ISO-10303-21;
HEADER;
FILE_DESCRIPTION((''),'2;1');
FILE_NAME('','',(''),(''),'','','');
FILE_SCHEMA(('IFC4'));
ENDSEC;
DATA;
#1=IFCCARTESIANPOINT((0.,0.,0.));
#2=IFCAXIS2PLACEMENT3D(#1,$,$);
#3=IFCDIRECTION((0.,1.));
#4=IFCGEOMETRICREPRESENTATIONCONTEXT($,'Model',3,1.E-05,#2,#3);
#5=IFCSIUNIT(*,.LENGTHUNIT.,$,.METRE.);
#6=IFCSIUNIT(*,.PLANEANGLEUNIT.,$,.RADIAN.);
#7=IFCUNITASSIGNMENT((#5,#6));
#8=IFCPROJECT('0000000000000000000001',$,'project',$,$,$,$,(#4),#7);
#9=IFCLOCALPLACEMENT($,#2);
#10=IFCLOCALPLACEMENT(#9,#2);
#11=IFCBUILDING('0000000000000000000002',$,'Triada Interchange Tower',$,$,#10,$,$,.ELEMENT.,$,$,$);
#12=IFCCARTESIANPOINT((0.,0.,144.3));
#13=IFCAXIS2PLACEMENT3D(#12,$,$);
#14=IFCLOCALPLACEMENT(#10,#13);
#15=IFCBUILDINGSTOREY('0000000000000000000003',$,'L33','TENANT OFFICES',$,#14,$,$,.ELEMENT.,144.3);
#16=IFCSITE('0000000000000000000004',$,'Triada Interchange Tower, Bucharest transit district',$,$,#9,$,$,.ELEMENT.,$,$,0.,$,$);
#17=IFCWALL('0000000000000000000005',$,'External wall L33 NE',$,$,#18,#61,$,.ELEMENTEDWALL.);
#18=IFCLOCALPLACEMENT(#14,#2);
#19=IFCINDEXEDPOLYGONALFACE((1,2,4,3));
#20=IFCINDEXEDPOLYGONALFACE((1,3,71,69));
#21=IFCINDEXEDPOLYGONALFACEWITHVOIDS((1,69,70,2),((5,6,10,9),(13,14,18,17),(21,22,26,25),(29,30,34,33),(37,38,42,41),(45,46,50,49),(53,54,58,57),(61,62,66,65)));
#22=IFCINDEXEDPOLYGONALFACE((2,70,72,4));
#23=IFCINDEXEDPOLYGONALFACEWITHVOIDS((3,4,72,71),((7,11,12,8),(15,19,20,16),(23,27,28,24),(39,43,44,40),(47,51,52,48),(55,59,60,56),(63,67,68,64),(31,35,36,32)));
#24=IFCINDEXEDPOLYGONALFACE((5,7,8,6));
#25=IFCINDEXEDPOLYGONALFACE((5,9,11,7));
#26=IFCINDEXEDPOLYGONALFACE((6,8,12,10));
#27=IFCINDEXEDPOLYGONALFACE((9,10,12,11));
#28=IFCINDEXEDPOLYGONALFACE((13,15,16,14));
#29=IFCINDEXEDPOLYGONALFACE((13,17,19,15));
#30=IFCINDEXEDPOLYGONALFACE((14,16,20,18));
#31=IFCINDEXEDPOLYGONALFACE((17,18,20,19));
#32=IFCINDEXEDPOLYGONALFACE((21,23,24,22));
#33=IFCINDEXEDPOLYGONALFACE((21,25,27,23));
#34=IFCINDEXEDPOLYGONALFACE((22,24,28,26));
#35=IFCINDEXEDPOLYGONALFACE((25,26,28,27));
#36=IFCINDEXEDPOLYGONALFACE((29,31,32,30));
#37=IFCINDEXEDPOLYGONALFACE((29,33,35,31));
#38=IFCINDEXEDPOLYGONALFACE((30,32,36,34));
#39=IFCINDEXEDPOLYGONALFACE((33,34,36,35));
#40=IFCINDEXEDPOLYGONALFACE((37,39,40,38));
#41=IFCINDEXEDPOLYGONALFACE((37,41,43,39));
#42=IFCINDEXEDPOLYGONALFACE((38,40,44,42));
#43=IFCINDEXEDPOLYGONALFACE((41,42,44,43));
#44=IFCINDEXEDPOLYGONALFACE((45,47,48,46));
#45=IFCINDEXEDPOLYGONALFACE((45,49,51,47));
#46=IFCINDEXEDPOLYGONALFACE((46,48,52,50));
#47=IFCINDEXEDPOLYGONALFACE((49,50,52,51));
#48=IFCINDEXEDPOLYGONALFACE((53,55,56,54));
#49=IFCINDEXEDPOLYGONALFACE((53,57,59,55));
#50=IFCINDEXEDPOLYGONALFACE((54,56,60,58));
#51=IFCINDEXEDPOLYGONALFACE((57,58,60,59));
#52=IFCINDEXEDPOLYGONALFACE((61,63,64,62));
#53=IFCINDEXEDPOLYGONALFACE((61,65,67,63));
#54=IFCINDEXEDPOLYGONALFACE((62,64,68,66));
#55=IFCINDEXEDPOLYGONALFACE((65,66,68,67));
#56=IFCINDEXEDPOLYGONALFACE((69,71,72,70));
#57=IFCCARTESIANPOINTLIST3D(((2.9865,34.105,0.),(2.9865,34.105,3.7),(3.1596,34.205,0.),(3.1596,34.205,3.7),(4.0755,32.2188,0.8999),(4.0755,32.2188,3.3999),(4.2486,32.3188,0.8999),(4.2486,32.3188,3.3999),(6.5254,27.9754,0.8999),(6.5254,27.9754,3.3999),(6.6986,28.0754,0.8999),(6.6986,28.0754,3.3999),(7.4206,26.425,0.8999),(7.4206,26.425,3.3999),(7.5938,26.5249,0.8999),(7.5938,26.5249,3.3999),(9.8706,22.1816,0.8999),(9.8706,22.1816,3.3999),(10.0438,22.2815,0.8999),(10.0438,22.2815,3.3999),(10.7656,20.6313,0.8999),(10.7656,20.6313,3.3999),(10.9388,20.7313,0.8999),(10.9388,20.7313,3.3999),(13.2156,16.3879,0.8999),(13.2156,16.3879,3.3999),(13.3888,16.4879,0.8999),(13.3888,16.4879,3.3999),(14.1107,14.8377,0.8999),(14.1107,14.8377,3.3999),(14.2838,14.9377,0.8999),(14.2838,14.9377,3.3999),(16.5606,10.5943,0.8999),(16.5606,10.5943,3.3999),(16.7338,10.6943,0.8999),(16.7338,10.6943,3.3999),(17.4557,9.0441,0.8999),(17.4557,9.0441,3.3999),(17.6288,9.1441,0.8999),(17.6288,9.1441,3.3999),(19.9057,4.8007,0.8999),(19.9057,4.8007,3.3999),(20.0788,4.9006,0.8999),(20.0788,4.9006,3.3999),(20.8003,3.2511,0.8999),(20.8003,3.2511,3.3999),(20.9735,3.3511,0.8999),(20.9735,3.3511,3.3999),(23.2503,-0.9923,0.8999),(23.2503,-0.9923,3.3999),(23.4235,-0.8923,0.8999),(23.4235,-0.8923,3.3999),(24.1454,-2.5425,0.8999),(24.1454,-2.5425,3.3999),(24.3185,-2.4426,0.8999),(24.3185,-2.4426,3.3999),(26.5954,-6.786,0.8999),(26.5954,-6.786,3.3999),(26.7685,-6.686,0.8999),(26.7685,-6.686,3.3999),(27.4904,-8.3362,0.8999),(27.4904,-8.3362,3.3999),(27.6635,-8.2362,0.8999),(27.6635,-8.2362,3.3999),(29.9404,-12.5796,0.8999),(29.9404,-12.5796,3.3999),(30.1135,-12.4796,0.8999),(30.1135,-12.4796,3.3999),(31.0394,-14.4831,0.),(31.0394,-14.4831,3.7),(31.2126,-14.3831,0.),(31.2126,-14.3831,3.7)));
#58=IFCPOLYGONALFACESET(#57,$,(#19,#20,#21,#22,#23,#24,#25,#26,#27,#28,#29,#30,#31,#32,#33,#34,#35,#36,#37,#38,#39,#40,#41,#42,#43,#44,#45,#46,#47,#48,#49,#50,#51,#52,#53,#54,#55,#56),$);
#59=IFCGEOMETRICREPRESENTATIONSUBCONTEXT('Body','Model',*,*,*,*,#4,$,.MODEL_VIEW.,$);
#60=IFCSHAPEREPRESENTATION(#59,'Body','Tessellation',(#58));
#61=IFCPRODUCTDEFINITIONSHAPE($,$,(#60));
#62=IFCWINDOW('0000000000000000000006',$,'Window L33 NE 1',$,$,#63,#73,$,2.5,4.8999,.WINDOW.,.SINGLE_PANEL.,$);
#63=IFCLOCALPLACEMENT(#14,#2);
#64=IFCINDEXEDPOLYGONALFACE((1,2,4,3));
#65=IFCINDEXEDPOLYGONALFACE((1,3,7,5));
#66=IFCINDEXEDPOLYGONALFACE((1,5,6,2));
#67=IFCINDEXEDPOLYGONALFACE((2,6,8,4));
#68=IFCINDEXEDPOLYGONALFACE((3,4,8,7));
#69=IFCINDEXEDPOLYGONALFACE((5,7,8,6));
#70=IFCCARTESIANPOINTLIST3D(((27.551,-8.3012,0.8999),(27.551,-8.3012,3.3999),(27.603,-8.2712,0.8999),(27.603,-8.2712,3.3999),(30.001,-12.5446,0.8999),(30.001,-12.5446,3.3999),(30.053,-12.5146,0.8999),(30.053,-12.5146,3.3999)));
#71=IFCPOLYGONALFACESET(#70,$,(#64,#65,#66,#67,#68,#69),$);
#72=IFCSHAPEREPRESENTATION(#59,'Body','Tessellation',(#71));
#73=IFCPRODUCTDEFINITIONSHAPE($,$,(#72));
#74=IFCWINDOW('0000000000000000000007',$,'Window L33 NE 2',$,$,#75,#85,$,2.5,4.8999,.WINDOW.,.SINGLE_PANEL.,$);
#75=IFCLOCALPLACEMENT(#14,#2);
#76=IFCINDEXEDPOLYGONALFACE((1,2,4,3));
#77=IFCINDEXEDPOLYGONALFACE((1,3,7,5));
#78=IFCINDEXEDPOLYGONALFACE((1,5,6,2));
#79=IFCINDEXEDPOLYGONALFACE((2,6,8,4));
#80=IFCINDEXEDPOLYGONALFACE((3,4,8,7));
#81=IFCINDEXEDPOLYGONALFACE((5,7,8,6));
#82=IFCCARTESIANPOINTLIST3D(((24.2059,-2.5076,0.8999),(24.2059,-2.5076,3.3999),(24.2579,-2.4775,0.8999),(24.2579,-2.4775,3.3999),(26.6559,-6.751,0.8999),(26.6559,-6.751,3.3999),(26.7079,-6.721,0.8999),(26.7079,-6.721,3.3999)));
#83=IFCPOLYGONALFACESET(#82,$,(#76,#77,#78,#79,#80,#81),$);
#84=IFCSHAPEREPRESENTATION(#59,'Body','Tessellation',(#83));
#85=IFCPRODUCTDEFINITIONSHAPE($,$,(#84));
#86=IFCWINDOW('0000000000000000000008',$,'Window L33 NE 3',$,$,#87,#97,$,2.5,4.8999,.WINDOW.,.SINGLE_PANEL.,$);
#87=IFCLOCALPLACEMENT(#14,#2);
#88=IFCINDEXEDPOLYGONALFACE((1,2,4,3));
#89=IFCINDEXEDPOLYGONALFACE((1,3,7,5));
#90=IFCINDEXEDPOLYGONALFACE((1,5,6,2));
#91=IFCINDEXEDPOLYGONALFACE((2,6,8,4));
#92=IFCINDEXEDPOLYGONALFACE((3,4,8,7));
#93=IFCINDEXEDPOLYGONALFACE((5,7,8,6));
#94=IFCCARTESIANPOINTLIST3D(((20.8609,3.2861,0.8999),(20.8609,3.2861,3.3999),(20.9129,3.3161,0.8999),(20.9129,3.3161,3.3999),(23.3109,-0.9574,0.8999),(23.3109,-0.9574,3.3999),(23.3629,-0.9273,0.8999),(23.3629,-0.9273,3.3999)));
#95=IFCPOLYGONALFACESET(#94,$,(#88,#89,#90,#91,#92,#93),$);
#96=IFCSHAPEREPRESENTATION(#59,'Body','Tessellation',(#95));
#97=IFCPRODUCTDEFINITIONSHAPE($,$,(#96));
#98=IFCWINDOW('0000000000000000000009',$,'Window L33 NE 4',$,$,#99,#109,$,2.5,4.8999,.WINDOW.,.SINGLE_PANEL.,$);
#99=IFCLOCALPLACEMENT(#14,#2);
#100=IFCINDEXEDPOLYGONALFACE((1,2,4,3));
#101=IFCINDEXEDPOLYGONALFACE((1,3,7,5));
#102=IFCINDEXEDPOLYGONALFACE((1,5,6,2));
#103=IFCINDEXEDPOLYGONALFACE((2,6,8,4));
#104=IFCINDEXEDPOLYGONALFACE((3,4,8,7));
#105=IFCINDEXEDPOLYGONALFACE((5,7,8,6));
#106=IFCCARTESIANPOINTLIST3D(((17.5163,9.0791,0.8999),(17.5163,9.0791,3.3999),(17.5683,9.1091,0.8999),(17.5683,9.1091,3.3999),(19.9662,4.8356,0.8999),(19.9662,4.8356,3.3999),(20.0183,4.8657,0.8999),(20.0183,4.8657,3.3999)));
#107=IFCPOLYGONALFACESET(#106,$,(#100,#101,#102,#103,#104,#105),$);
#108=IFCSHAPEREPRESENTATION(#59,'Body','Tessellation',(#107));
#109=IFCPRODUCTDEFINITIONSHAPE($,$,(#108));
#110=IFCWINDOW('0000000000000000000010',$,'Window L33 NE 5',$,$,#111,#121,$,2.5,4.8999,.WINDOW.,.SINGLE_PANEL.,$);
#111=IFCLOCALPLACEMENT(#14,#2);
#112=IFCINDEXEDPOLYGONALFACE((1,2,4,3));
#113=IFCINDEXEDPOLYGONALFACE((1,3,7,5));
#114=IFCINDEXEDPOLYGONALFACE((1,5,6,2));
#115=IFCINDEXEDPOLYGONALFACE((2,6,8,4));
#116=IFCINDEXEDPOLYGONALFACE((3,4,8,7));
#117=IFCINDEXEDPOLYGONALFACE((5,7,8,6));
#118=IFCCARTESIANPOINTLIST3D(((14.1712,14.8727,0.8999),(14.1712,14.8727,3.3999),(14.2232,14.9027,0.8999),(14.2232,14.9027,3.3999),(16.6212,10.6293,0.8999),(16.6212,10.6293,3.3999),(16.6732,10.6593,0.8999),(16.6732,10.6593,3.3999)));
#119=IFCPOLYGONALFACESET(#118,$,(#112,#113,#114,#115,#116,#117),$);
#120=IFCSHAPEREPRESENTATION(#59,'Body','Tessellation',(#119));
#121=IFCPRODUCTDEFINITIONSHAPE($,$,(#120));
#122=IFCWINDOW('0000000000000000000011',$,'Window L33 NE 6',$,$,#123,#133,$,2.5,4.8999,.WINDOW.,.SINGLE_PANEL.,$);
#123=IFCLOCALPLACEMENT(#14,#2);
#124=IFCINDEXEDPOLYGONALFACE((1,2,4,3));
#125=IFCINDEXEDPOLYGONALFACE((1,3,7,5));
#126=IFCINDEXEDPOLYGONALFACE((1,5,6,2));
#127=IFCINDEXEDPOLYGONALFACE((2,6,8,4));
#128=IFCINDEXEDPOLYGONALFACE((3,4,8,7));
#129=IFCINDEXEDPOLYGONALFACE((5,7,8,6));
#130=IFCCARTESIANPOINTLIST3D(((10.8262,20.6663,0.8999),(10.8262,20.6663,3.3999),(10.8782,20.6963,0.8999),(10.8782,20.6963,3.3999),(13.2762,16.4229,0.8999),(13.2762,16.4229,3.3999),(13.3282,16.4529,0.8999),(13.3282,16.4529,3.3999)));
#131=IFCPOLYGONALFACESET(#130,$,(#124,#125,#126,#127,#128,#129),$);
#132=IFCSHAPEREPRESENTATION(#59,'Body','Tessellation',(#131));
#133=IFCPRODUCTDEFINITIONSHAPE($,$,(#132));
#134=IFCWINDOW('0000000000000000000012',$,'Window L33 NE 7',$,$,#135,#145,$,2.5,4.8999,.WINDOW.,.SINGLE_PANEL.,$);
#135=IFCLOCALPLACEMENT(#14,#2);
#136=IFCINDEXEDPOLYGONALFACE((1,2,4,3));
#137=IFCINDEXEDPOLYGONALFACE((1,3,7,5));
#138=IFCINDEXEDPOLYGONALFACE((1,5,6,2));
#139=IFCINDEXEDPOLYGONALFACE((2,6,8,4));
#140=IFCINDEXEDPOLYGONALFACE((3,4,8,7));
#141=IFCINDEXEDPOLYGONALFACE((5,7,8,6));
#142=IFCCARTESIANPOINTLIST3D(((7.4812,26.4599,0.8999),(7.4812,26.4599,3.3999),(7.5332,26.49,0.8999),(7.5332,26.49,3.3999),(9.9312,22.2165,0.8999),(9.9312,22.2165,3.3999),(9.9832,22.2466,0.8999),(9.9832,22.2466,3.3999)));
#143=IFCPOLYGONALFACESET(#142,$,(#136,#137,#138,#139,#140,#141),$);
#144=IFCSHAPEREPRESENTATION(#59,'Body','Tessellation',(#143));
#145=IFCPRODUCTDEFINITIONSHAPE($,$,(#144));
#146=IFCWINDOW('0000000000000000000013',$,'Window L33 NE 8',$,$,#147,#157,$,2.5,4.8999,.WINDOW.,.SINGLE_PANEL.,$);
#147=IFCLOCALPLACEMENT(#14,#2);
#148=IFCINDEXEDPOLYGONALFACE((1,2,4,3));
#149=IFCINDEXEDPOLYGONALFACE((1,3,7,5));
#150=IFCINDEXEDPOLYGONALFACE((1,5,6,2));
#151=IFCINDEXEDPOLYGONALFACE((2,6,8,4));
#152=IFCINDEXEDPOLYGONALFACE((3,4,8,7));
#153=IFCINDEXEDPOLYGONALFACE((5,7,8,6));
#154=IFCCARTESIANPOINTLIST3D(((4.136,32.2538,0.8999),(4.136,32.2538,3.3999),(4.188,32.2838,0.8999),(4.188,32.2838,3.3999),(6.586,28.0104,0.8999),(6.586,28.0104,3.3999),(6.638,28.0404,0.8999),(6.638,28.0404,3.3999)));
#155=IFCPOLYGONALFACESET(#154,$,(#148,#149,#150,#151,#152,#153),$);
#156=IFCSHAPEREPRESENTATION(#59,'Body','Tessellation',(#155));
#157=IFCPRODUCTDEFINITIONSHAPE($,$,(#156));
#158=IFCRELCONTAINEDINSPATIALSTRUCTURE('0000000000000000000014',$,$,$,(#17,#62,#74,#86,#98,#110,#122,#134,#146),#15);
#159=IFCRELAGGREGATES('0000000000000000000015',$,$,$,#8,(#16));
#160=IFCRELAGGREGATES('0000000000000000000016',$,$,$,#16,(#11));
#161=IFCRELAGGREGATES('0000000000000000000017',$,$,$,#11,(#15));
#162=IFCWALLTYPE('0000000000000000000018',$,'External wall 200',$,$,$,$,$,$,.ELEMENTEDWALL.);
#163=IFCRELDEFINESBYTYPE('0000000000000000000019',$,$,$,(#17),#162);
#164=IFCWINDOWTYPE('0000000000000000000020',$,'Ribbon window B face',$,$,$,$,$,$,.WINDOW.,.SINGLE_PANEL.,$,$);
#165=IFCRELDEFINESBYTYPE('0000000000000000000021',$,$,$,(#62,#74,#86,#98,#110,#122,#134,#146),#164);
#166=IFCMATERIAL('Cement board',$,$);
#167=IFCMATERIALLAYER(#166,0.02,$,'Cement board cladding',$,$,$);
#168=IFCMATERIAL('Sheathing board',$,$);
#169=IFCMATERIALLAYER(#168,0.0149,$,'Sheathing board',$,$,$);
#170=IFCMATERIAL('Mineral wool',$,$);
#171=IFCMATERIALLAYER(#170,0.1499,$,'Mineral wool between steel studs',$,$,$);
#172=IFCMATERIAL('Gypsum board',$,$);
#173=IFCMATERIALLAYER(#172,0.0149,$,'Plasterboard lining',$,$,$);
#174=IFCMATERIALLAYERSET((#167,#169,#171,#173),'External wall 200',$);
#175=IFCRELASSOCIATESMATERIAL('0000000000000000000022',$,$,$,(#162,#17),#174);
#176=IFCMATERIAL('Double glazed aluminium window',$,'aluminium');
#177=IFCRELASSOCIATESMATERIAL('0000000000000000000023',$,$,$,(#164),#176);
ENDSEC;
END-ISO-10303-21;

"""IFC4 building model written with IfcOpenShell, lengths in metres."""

from ifc_helpers import new_model, si_unit, direction, frame, frame_2d, origin, place, context, subcontext, project, spatial, rectangle, extrude, material, layer, layer_set, layer_usage, type_object, element, fill, save


model = new_model("IFC4")

# Units and contexts
model_context = context("Model", 3, precision=1e-05, world=origin(), true_north=direction((0.0, 1.0)))
body_context = subcontext(model_context, "Body", "Model", "MODEL_VIEW")
ifc_project = project(units=[si_unit("LENGTHUNIT", "METRE"), si_unit("PLANEANGLEUNIT", "RADIAN")], contexts=[model_context])

# Site, building, storey
site_placement = place(None, origin())
site = spatial("IfcSite", under=ifc_project, at=site_placement, Name="Triada Interchange Tower, Bucharest transit district", CompositionType="ELEMENT", RefElevation=0.0)
building_placement = place(site_placement, origin())
building = spatial("IfcBuilding", under=site, at=building_placement, Name="Triada Interchange Tower", CompositionType="ELEMENT")
storey_placement = place(building_placement, frame((0.0, 0.0, 144.3)))
storey = spatial("IfcBuildingStorey", under=building, at=storey_placement, Name="L33", Description="TENANT OFFICES", CompositionType="ELEMENT", Elevation=144.3)

# Shared definitions
ifc_material_1 = material(Name="Cement board")
ifc_layer_1 = layer(ifc_material_1, 0.02, Name="Cement board cladding")
ifc_material_2 = material(Name="Sheathing board")
ifc_layer_2 = layer(ifc_material_2, 0.0149, Name="Sheathing board")
ifc_material_3 = material(Name="Mineral wool")
ifc_layer_3 = layer(ifc_material_3, 0.1499, Name="Mineral wool between steel studs")
ifc_material_4 = material(Name="Gypsum board")
ifc_layer_4 = layer(ifc_material_4, 0.0149, Name="Plasterboard lining")
ifc_layer_set_1 = layer_set([ifc_layer_1, ifc_layer_2, ifc_layer_3, ifc_layer_4], Name="External wall 200")
ifc_layer_usage = layer_usage(ifc_layer_set_1, "AXIS2", "POSITIVE", -0.1001)
wall_type_1 = type_object("IfcWallType", Name="External wall 200", PredefinedType="ELEMENTEDWALL", material=ifc_layer_set_1)
ifc_material_5 = material(Name="Double glazed aluminium window", Category="aluminium")

# Wall, openings, windows
wall_1_placement = place(storey_placement, frame((31.126, -14.4331, 0.0), z_axis=(0.0, 0.0, 1.0), x_axis=(-0.500008, 0.866021, 0.0)))
wall_1 = element("IfcWall", 1, at=wall_1_placement, inside=storey, type_object=wall_type_1, material=ifc_layer_usage, Name="External wall L33 NE", PredefinedType="ELEMENTEDWALL", context=body_context, shape_type="SweptSolid", body=[
    extrude(rectangle(XDim=56.105, YDim=0.2, at=frame_2d((28.0525, 0.0))), origin(), (0.0, 0.0, 1.0), 3.7),
])
opening_1_placement = place(wall_1_placement, frame((2.198, 0.0, 0.8999)))
opening_1 = element("IfcOpeningElement", 2, at=opening_1_placement, cuts=wall_1, PredefinedType="OPENING", context=body_context, shape_type="SweptSolid", body=[
    extrude(rectangle(XDim=4.8999, YDim=2.5, at=frame_2d((2.45, 1.25))), frame((0.0, 0.1099, 0.0), z_axis=(0.0, -1.0, 0.0), x_axis=(1.0, 0.0, 0.0)), (0.0, 0.0, 1.0), 0.22),
])
opening_2_placement = place(wall_1_placement, frame((8.8879, 0.0, 0.8999)))
opening_2 = element("IfcOpeningElement", 3, at=opening_2_placement, cuts=wall_1, PredefinedType="OPENING", context=body_context, shape_type="SweptSolid", body=[
    extrude(rectangle(XDim=4.8999, YDim=2.5, at=frame_2d((2.45, 1.25))), frame((0.0, 0.1099, 0.0), z_axis=(0.0, -1.0, 0.0), x_axis=(1.0, 0.0, 0.0)), (0.0, 0.0, 1.0), 0.22),
])
opening_3_placement = place(wall_1_placement, frame((15.5779, 0.0, 0.8999)))
opening_3 = element("IfcOpeningElement", 4, at=opening_3_placement, cuts=wall_1, PredefinedType="OPENING", context=body_context, shape_type="SweptSolid", body=[
    extrude(rectangle(XDim=4.8999, YDim=2.5, at=frame_2d((2.45, 1.25))), frame((0.0, 0.1099, 0.0), z_axis=(0.0, -1.0, 0.0), x_axis=(1.0, 0.0, 0.0)), (0.0, 0.0, 1.0), 0.22),
])
opening_4_placement = place(wall_1_placement, frame((22.2671, 0.0, 0.8999)))
opening_4 = element("IfcOpeningElement", 5, at=opening_4_placement, cuts=wall_1, PredefinedType="OPENING", context=body_context, shape_type="SweptSolid", body=[
    extrude(rectangle(XDim=4.8999, YDim=2.5, at=frame_2d((2.45, 1.25))), frame((0.0, 0.1099, 0.0), z_axis=(0.0, -1.0, 0.0), x_axis=(1.0, 0.0, 0.0)), (0.0, 0.0, 1.0), 0.22),
])
opening_5_placement = place(wall_1_placement, frame((28.957, 0.0, 0.8999)))
opening_5 = element("IfcOpeningElement", 6, at=opening_5_placement, cuts=wall_1, PredefinedType="OPENING", context=body_context, shape_type="SweptSolid", body=[
    extrude(rectangle(XDim=4.8999, YDim=2.5, at=frame_2d((2.45, 1.25))), frame((0.0, 0.1099, 0.0), z_axis=(0.0, -1.0, 0.0), x_axis=(1.0, 0.0, 0.0)), (0.0, 0.0, 1.0), 0.22),
])
opening_6_placement = place(wall_1_placement, frame((35.647, 0.0, 0.8999)))
opening_6 = element("IfcOpeningElement", 7, at=opening_6_placement, cuts=wall_1, PredefinedType="OPENING", context=body_context, shape_type="SweptSolid", body=[
    extrude(rectangle(XDim=4.8999, YDim=2.5, at=frame_2d((2.45, 1.25))), frame((0.0, 0.1099, 0.0), z_axis=(0.0, -1.0, 0.0), x_axis=(1.0, 0.0, 0.0)), (0.0, 0.0, 1.0), 0.22),
])
opening_7_placement = place(wall_1_placement, frame((42.3369, 0.0, 0.8999)))
opening_7 = element("IfcOpeningElement", 8, at=opening_7_placement, cuts=wall_1, PredefinedType="OPENING", context=body_context, shape_type="SweptSolid", body=[
    extrude(rectangle(XDim=4.8999, YDim=2.5, at=frame_2d((2.45, 1.25))), frame((0.0, 0.1099, 0.0), z_axis=(0.0, -1.0, 0.0), x_axis=(1.0, 0.0, 0.0)), (0.0, 0.0, 1.0), 0.22),
])
opening_8_placement = place(wall_1_placement, frame((49.0271, 0.0, 0.8999)))
opening_8 = element("IfcOpeningElement", 9, at=opening_8_placement, cuts=wall_1, PredefinedType="OPENING", context=body_context, shape_type="SweptSolid", body=[
    extrude(rectangle(XDim=4.8999, YDim=2.5, at=frame_2d((2.45, 1.25))), frame((0.0, 0.1099, 0.0), z_axis=(0.0, -1.0, 0.0), x_axis=(1.0, 0.0, 0.0)), (0.0, 0.0, 1.0), 0.22),
])
window_type_1 = type_object("IfcWindowType", Name="Ribbon window B face", PartitioningType="SINGLE_PANEL", PredefinedType="WINDOW", material=ifc_material_5)
window_1_placement = place(opening_1_placement, origin())
window_1 = element("IfcWindow", 10, at=window_1_placement, inside=storey, type_object=window_type_1, Name="Window L33 NE 1", OverallHeight=2.5, OverallWidth=4.8999, PartitioningType="SINGLE_PANEL", PredefinedType="WINDOW", context=body_context, shape_type="SweptSolid", body=[
    extrude(rectangle(XDim=4.8999, YDim=2.5, at=frame_2d((2.45, 1.25))), frame((0.0, 0.03, 0.0), z_axis=(0.0, -1.0, 0.0), x_axis=(1.0, 0.0, 0.0)), (0.0, 0.0, 1.0), 0.0601),
])
fill(opening_1, window_1)
window_2_placement = place(opening_2_placement, origin())
window_2 = element("IfcWindow", 11, at=window_2_placement, inside=storey, type_object=window_type_1, Name="Window L33 NE 2", OverallHeight=2.5, OverallWidth=4.8999, PartitioningType="SINGLE_PANEL", PredefinedType="WINDOW", context=body_context, shape_type="SweptSolid", body=[
    extrude(rectangle(XDim=4.8999, YDim=2.5, at=frame_2d((2.45, 1.25))), frame((0.0, 0.03, 0.0), z_axis=(0.0, -1.0, 0.0), x_axis=(1.0, 0.0, 0.0)), (0.0, 0.0, 1.0), 0.0601),
])
fill(opening_2, window_2)
window_3_placement = place(opening_3_placement, origin())
window_3 = element("IfcWindow", 12, at=window_3_placement, inside=storey, type_object=window_type_1, Name="Window L33 NE 3", OverallHeight=2.5, OverallWidth=4.8999, PartitioningType="SINGLE_PANEL", PredefinedType="WINDOW", context=body_context, shape_type="SweptSolid", body=[
    extrude(rectangle(XDim=4.8999, YDim=2.5, at=frame_2d((2.45, 1.25))), frame((0.0, 0.03, 0.0), z_axis=(0.0, -1.0, 0.0), x_axis=(1.0, 0.0, 0.0)), (0.0, 0.0, 1.0), 0.0601),
])
fill(opening_3, window_3)
window_4_placement = place(opening_4_placement, origin())
window_4 = element("IfcWindow", 13, at=window_4_placement, inside=storey, type_object=window_type_1, Name="Window L33 NE 4", OverallHeight=2.5, OverallWidth=4.8999, PartitioningType="SINGLE_PANEL", PredefinedType="WINDOW", context=body_context, shape_type="SweptSolid", body=[
    extrude(rectangle(XDim=4.8999, YDim=2.5, at=frame_2d((2.45, 1.25))), frame((0.0, 0.03, 0.0), z_axis=(0.0, -1.0, 0.0), x_axis=(1.0, 0.0, 0.0)), (0.0, 0.0, 1.0), 0.0601),
])
fill(opening_4, window_4)
window_5_placement = place(opening_5_placement, origin())
window_5 = element("IfcWindow", 14, at=window_5_placement, inside=storey, type_object=window_type_1, Name="Window L33 NE 5", OverallHeight=2.5, OverallWidth=4.8999, PartitioningType="SINGLE_PANEL", PredefinedType="WINDOW", context=body_context, shape_type="SweptSolid", body=[
    extrude(rectangle(XDim=4.8999, YDim=2.5, at=frame_2d((2.45, 1.25))), frame((0.0, 0.03, 0.0), z_axis=(0.0, -1.0, 0.0), x_axis=(1.0, 0.0, 0.0)), (0.0, 0.0, 1.0), 0.0601),
])
fill(opening_5, window_5)
window_6_placement = place(opening_6_placement, origin())
window_6 = element("IfcWindow", 15, at=window_6_placement, inside=storey, type_object=window_type_1, Name="Window L33 NE 6", OverallHeight=2.5, OverallWidth=4.8999, PartitioningType="SINGLE_PANEL", PredefinedType="WINDOW", context=body_context, shape_type="SweptSolid", body=[
    extrude(rectangle(XDim=4.8999, YDim=2.5, at=frame_2d((2.45, 1.25))), frame((0.0, 0.03, 0.0), z_axis=(0.0, -1.0, 0.0), x_axis=(1.0, 0.0, 0.0)), (0.0, 0.0, 1.0), 0.0601),
])
fill(opening_6, window_6)
window_7_placement = place(opening_7_placement, origin())
window_7 = element("IfcWindow", 16, at=window_7_placement, inside=storey, type_object=window_type_1, Name="Window L33 NE 7", OverallHeight=2.5, OverallWidth=4.8999, PartitioningType="SINGLE_PANEL", PredefinedType="WINDOW", context=body_context, shape_type="SweptSolid", body=[
    extrude(rectangle(XDim=4.8999, YDim=2.5, at=frame_2d((2.45, 1.25))), frame((0.0, 0.03, 0.0), z_axis=(0.0, -1.0, 0.0), x_axis=(1.0, 0.0, 0.0)), (0.0, 0.0, 1.0), 0.0601),
])
fill(opening_7, window_7)
window_8_placement = place(opening_8_placement, origin())
window_8 = element("IfcWindow", 17, at=window_8_placement, inside=storey, type_object=window_type_1, Name="Window L33 NE 8", OverallHeight=2.5, OverallWidth=4.8999, PartitioningType="SINGLE_PANEL", PredefinedType="WINDOW", context=body_context, shape_type="SweptSolid", body=[
    extrude(rectangle(XDim=4.8999, YDim=2.5, at=frame_2d((2.45, 1.25))), frame((0.0, 0.03, 0.0), z_axis=(0.0, -1.0, 0.0), x_axis=(1.0, 0.0, 0.0)), (0.0, 0.0, 1.0), 0.0601),
])
fill(opening_8, window_8)

save(model, "model.ifc")
